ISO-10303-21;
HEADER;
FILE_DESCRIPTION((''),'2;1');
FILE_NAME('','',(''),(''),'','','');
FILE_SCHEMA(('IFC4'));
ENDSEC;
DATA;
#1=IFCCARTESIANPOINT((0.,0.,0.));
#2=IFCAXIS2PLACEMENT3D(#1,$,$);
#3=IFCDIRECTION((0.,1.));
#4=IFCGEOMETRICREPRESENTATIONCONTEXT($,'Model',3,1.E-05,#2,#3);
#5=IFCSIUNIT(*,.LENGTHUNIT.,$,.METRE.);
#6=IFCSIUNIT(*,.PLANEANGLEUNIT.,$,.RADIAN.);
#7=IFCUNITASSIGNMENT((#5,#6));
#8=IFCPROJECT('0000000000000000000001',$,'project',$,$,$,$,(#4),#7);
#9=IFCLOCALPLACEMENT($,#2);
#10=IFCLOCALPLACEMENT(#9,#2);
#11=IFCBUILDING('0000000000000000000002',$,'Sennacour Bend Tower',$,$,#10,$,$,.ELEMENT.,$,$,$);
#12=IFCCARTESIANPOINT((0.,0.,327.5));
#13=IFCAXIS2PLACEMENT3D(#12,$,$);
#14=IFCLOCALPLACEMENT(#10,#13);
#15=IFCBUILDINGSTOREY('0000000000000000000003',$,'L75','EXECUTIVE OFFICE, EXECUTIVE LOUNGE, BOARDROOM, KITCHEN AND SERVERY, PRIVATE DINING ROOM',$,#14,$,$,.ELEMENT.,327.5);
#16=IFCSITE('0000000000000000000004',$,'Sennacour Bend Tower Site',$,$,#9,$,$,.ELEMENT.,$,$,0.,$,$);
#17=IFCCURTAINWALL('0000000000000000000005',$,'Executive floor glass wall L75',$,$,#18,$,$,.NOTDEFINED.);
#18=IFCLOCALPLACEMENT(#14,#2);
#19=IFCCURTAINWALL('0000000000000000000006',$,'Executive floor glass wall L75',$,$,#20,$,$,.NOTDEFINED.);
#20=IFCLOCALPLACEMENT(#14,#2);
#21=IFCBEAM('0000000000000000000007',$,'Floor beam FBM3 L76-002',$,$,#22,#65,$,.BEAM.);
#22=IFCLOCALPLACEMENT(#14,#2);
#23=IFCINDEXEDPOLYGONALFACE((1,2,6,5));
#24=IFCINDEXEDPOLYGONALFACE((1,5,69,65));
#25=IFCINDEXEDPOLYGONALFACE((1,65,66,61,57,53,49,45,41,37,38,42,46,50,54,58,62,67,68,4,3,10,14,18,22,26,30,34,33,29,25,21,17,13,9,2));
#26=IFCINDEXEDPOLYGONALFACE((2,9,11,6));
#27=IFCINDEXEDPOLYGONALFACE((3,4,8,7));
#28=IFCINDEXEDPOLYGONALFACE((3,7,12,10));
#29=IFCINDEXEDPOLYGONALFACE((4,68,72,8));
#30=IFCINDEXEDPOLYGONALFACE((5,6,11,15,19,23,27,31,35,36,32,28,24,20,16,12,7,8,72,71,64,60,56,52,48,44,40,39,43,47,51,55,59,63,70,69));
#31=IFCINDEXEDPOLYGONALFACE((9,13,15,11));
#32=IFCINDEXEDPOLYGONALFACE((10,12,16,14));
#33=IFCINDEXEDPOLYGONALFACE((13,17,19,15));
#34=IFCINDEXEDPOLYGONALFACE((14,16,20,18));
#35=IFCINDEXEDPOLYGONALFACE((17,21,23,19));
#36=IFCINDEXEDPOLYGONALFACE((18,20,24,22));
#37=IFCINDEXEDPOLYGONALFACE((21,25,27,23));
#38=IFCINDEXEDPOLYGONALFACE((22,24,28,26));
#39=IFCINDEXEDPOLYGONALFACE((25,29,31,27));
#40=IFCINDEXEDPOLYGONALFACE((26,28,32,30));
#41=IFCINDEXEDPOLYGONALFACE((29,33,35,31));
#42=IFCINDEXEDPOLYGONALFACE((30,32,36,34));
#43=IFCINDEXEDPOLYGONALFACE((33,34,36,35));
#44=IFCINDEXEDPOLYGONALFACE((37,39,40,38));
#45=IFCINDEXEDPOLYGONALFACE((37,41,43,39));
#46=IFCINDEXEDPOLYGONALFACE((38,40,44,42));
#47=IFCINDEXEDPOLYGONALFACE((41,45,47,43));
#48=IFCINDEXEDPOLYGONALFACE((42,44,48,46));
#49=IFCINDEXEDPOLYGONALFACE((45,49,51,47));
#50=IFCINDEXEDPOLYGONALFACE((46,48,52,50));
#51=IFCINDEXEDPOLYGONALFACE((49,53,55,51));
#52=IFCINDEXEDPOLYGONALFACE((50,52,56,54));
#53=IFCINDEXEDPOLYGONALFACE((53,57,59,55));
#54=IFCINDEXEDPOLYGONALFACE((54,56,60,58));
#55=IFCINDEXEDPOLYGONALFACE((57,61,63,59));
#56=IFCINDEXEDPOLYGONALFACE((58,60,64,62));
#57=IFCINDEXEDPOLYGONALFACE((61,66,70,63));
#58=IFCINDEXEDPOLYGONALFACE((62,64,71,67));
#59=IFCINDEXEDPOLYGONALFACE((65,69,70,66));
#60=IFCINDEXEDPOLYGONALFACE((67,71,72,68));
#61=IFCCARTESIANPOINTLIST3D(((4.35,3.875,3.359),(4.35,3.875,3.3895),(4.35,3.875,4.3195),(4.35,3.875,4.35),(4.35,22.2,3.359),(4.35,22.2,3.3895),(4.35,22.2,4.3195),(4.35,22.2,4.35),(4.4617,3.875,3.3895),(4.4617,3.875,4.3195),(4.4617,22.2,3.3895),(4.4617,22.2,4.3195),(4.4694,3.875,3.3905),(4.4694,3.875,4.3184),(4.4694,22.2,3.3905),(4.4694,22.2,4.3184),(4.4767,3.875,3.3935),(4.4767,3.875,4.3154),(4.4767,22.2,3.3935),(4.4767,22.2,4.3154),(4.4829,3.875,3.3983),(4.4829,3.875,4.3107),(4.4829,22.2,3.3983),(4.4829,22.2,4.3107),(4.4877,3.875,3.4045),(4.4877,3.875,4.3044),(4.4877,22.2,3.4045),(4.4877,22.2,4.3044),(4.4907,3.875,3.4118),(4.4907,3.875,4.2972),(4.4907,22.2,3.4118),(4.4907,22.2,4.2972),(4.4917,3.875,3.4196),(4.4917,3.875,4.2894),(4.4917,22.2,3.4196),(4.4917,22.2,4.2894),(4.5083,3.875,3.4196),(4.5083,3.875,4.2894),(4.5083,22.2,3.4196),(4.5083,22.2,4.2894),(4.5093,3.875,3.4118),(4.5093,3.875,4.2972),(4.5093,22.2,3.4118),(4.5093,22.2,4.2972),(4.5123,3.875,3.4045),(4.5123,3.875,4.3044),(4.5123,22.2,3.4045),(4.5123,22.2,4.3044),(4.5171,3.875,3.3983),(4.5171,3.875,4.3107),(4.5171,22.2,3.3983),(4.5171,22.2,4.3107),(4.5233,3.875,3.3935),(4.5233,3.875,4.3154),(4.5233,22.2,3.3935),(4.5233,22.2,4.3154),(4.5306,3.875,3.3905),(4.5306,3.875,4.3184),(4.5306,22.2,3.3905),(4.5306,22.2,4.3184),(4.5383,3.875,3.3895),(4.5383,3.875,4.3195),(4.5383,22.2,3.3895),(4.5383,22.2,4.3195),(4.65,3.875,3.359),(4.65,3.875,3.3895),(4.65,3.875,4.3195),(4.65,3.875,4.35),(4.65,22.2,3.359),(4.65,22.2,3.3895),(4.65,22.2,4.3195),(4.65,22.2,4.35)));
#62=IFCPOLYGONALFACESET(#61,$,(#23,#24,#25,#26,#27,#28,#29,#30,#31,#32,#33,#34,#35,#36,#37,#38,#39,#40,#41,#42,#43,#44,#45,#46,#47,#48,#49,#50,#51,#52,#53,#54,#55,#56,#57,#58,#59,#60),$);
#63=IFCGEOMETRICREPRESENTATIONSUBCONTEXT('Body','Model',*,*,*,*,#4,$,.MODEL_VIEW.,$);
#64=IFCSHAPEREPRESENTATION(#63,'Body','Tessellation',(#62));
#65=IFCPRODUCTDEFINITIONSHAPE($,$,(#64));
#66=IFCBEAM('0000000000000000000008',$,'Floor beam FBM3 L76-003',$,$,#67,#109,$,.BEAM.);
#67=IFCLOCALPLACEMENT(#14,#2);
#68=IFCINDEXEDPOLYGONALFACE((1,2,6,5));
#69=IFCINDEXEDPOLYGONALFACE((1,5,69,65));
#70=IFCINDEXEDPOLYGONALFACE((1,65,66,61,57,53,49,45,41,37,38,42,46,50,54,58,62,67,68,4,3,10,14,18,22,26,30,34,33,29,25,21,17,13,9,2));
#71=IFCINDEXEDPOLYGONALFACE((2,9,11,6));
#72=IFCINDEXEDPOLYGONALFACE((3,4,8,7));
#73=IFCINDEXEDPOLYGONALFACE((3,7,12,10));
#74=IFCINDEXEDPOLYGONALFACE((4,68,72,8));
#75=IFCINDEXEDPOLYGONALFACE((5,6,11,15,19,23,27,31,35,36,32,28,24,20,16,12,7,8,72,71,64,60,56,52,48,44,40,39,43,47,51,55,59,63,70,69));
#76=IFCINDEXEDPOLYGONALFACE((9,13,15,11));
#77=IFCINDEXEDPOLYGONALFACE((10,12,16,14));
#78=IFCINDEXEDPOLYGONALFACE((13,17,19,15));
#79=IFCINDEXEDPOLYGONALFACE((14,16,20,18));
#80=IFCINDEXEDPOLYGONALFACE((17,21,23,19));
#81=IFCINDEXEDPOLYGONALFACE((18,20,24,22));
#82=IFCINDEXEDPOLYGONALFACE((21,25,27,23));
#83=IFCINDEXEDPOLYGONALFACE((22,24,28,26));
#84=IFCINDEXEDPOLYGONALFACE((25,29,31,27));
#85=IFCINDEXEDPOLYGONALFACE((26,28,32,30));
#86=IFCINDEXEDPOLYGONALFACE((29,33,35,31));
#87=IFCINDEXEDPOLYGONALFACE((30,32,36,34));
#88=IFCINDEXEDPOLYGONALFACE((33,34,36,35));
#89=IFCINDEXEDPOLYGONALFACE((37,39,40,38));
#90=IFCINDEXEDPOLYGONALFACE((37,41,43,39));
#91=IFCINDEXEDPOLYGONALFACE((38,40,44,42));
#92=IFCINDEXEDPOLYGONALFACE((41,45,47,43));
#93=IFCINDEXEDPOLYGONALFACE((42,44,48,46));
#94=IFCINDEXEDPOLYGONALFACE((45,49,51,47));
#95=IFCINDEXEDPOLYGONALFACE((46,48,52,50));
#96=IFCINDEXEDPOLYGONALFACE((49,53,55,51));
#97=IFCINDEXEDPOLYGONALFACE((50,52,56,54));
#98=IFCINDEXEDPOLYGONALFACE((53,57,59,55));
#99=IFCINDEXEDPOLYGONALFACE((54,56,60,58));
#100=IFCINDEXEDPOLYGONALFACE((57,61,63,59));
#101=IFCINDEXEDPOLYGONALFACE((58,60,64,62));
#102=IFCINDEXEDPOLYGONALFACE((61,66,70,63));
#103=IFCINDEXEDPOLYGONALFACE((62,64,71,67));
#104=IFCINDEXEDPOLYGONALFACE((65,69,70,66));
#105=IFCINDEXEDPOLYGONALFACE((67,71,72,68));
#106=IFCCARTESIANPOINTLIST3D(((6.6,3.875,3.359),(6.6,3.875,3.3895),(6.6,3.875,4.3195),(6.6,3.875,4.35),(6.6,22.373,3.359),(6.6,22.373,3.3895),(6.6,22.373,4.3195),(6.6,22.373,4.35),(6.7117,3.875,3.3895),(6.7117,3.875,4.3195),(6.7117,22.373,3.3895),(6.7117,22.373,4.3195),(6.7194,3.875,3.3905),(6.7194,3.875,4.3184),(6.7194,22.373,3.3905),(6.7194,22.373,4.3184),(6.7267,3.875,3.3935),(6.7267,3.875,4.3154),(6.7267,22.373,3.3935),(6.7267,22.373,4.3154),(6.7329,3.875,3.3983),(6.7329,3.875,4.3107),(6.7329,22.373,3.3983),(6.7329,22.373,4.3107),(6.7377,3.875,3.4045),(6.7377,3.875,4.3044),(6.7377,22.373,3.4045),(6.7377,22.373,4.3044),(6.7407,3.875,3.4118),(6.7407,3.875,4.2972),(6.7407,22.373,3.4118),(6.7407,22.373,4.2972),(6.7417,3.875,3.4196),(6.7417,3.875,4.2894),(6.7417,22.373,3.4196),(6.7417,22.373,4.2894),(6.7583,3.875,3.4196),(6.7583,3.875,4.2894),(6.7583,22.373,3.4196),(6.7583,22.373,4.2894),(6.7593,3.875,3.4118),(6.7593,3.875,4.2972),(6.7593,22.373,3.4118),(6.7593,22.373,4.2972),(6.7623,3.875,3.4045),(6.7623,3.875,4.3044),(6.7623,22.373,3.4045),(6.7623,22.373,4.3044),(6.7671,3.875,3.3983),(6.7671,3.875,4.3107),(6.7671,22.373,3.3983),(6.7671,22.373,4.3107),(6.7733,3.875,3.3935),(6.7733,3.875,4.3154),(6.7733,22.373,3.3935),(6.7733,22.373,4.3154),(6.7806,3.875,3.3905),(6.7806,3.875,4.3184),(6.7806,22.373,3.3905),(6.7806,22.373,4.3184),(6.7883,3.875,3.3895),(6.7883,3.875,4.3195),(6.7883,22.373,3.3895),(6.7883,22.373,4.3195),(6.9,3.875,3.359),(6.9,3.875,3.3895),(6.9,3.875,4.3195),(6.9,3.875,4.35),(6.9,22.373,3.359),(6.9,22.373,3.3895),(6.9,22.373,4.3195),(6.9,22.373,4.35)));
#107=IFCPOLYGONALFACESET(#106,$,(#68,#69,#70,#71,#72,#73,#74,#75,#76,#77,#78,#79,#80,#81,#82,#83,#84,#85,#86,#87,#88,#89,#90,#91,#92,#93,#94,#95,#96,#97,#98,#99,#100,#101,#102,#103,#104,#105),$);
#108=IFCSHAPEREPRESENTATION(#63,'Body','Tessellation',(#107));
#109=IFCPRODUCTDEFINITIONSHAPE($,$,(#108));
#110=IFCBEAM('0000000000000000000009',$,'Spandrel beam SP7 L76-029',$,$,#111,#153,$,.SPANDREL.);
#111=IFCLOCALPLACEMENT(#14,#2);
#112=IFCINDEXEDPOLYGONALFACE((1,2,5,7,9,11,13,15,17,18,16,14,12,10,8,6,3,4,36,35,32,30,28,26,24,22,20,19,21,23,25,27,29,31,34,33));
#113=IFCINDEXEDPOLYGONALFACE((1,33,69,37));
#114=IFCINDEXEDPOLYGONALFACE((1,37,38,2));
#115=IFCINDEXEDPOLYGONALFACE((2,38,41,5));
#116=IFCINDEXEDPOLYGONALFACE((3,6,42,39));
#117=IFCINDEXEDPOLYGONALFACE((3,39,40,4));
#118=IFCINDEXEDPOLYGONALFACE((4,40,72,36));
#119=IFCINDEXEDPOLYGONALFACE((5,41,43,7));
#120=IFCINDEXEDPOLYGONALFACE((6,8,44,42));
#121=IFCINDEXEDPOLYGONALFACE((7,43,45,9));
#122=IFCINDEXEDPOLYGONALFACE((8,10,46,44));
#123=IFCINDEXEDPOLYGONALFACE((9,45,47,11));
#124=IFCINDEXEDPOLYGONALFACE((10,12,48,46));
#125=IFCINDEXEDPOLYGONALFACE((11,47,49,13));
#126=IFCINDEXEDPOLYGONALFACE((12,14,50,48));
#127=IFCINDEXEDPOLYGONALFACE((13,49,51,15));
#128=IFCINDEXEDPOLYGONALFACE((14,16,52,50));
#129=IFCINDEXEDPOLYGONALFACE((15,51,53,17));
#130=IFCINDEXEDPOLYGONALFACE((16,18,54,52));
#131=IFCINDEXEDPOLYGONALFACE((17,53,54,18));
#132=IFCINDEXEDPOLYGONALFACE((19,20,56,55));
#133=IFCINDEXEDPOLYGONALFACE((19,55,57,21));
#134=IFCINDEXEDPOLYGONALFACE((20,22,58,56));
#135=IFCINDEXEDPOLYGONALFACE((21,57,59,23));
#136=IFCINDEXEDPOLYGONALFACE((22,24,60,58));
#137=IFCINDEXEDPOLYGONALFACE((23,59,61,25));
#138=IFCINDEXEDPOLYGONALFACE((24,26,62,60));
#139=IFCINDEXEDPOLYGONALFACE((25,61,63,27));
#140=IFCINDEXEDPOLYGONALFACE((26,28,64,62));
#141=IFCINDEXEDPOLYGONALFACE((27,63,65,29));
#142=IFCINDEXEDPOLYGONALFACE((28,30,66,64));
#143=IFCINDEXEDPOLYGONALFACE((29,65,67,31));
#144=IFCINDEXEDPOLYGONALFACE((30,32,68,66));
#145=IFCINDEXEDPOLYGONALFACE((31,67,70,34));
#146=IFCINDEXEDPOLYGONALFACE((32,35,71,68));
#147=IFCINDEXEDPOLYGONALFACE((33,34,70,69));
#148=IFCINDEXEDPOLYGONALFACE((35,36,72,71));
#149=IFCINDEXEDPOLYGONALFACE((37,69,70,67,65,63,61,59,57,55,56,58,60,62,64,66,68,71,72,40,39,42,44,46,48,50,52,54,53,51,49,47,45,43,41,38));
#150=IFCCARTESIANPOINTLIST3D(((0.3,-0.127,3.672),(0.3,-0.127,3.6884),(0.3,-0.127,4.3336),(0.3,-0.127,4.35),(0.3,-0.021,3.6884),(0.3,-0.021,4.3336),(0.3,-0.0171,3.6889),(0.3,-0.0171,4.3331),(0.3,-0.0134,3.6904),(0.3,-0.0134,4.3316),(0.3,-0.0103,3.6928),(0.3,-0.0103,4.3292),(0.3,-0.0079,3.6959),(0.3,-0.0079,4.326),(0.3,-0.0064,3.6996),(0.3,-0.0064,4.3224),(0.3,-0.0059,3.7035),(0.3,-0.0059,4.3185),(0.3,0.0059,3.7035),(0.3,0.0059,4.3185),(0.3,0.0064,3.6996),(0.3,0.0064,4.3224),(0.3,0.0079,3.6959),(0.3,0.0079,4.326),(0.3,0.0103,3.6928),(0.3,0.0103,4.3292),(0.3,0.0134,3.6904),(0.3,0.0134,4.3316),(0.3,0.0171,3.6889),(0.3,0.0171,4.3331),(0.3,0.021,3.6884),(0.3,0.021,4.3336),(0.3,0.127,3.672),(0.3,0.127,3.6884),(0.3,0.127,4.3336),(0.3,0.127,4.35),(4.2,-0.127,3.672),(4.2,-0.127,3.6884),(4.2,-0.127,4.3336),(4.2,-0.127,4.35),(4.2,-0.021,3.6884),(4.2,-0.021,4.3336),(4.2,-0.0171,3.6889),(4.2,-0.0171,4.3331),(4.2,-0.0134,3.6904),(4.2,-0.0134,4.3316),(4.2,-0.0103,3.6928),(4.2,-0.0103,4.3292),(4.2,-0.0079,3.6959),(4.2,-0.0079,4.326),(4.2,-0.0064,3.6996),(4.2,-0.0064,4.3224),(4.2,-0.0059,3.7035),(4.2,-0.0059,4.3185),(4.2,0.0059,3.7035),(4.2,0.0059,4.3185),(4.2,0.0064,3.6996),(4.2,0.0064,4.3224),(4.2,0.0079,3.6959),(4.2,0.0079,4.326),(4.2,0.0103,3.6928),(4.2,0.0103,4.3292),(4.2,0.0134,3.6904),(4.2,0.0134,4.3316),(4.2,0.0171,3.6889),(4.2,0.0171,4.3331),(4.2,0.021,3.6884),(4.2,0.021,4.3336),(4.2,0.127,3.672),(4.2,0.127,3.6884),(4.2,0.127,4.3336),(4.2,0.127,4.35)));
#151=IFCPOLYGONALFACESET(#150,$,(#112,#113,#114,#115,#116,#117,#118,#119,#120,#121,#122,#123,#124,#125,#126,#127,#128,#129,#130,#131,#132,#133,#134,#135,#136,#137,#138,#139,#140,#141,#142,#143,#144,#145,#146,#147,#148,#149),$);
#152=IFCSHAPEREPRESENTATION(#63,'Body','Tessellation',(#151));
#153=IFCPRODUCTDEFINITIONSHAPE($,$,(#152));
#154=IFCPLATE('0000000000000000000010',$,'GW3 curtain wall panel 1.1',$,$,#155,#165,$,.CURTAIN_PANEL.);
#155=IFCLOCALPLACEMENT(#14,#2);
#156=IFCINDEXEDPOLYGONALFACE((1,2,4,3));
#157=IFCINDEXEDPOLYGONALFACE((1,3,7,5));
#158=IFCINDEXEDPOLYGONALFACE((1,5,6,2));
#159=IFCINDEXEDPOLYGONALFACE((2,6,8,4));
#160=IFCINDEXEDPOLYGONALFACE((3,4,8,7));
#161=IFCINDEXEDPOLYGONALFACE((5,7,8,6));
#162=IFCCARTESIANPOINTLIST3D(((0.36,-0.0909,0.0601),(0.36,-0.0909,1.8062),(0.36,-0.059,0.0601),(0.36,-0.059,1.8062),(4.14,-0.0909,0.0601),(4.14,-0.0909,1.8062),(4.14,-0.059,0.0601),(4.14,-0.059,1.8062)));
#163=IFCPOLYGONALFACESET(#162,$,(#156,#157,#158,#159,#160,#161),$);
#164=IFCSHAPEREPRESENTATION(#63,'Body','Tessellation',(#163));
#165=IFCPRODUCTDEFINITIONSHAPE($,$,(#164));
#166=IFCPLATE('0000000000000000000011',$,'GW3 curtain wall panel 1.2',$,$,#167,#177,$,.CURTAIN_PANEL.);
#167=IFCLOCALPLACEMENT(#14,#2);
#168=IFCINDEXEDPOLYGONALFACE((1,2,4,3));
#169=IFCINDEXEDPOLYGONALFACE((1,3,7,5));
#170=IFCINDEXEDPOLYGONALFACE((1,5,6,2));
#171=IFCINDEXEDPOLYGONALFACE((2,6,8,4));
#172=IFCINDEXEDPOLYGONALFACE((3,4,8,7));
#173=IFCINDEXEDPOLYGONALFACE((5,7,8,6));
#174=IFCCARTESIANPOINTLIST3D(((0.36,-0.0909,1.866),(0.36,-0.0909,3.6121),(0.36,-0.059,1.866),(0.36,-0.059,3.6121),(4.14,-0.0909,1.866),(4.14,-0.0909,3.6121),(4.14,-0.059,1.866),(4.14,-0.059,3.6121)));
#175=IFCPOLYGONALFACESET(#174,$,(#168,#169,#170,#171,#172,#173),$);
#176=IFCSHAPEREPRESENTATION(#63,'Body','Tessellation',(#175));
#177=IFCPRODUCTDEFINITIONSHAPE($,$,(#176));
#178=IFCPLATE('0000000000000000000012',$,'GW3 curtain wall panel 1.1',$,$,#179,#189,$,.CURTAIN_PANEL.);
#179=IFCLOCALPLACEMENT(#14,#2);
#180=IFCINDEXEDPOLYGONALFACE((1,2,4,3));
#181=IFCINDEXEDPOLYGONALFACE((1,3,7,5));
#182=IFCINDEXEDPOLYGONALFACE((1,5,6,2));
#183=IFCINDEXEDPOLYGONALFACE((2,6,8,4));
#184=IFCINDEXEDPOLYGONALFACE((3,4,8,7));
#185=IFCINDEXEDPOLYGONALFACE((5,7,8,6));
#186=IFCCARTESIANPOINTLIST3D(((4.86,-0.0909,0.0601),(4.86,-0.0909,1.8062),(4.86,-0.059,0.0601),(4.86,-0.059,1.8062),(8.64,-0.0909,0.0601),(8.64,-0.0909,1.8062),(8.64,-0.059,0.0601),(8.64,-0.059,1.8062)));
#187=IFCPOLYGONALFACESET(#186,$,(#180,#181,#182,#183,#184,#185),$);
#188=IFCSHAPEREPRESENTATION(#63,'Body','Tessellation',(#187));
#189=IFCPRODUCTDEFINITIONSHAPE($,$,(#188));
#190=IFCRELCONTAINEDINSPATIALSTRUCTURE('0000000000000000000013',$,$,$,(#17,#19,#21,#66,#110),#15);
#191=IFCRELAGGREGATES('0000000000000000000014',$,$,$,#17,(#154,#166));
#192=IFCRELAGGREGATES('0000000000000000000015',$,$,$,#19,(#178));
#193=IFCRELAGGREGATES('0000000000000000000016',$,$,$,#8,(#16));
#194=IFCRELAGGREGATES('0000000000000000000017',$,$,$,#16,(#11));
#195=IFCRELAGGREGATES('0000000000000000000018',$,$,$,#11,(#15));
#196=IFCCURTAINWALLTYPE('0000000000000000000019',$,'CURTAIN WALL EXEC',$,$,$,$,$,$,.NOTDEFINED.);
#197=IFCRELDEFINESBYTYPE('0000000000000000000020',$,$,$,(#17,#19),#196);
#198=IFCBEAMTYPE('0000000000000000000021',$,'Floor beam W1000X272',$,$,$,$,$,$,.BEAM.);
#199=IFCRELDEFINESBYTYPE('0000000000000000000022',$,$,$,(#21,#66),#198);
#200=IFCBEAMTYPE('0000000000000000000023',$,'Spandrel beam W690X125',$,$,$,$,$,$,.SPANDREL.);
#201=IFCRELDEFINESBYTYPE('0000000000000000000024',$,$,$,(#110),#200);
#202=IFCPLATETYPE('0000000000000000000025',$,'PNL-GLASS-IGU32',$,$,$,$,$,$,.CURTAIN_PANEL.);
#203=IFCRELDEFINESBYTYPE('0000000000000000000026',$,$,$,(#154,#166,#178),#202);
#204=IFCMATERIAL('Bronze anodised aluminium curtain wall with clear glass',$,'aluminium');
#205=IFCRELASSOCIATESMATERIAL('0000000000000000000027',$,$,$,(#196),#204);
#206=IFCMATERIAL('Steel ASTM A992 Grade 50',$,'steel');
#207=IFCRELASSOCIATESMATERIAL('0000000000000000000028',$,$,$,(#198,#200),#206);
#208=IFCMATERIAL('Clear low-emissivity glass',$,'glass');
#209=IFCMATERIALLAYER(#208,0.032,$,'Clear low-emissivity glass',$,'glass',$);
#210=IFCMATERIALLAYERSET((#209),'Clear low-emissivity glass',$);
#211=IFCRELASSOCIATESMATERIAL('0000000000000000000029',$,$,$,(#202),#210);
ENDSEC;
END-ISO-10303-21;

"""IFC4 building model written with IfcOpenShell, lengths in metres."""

from ifc_helpers import new_model, si_unit, direction, frame, origin, origin_2d, place, context, subcontext, project, spatial, rectangle, i_section, extrude, material, layer, layer_set, material_profile, profile_set, type_object, element, aggregate, save


model = new_model("IFC4")

# Units and contexts
model_context = context("Model", 3, precision=1e-05, world=origin(), true_north=direction((0.0, 1.0)))
body_context = subcontext(model_context, "Body", "Model", "MODEL_VIEW")
ifc_project = project(units=[si_unit("LENGTHUNIT", "METRE"), si_unit("PLANEANGLEUNIT", "RADIAN")], contexts=[model_context])

# Site, building, storey
site_placement = place(None, origin())
site = spatial("IfcSite", under=ifc_project, at=site_placement, Name="Sennacour Bend Tower Site", CompositionType="ELEMENT", RefElevation=0.0)
building_placement = place(site_placement, origin())
building = spatial("IfcBuilding", under=site, at=building_placement, Name="Sennacour Bend Tower", CompositionType="ELEMENT")
storey_placement = place(building_placement, frame((0.0, 0.0, 327.5)))
storey = spatial("IfcBuildingStorey", under=building, at=storey_placement, Name="L75", Description="EXECUTIVE OFFICE, EXECUTIVE LOUNGE, BOARDROOM, KITCHEN AND SERVERY, PRIVATE DINING ROOM", CompositionType="ELEMENT", Elevation=327.5)

# Curtain walls
ifc_material_1 = material(Name="Bronze anodised aluminium curtain wall with clear glass", Category="aluminium")
curtain_wall_type = type_object("IfcCurtainWallType", Name="CURTAIN WALL EXEC", PredefinedType="NOTDEFINED", material=ifc_material_1)
curtain_wall_1_placement = place(storey_placement, origin())
curtain_wall_1 = element("IfcCurtainWall", 1, at=curtain_wall_1_placement, inside=storey, type_object=curtain_wall_type, Name="Executive floor glass wall L75", PredefinedType="NOTDEFINED")
curtain_wall_2_placement = place(storey_placement, origin())
curtain_wall_2 = element("IfcCurtainWall", 2, at=curtain_wall_2_placement, inside=storey, type_object=curtain_wall_type, Name="Executive floor glass wall L75", PredefinedType="NOTDEFINED")

# Beams
ifc_material_2 = material(Name="Steel ASTM A992 Grade 50", Category="steel")
ifc_material_profile_1 = material_profile(ifc_material_2, i_section(OverallWidth=0.3, OverallDepth=0.991, WebThickness=0.0166, FlangeThickness=0.0305, FilletRadius=0.03, at=origin_2d()), Name="Steel ASTM A992 Grade 50", Category="steel")
ifc_profile_set_1 = profile_set([ifc_material_profile_1], Name="Steel ASTM A992 Grade 50")
beam_type_1 = type_object("IfcBeamType", Name="Floor beam W1000X272", PredefinedType="BEAM", material=ifc_profile_set_1)
beam_1_placement = place(storey_placement, frame((4.5, 3.875, 3.8545), z_axis=(0.0, 1.0, 0.0), x_axis=(-1.0, 0.0, 0.0)))
element("IfcBeam", 3, at=beam_1_placement, inside=storey, type_object=beam_type_1, Name="Floor beam FBM3 L76-002", PredefinedType="BEAM", context=body_context, shape_type="SweptSolid", body=[
    extrude(i_section(OverallWidth=0.3, OverallDepth=0.991, WebThickness=0.0166, FlangeThickness=0.0305, FilletRadius=0.03, at=origin_2d()), origin(), (0.0, 0.0, 1.0), 18.325),
])
beam_2_placement = place(storey_placement, frame((6.75, 3.875, 3.8545), z_axis=(0.0, 1.0, 0.0), x_axis=(-1.0, 0.0, 0.0)))
element("IfcBeam", 4, at=beam_2_placement, inside=storey, type_object=beam_type_1, Name="Floor beam FBM3 L76-003", PredefinedType="BEAM", context=body_context, shape_type="SweptSolid", body=[
    extrude(i_section(OverallWidth=0.3, OverallDepth=0.991, WebThickness=0.0166, FlangeThickness=0.0305, FilletRadius=0.03, at=origin_2d()), origin(), (0.0, 0.0, 1.0), 18.498),
])
ifc_material_profile_2 = material_profile(ifc_material_2, i_section(OverallWidth=0.2539, OverallDepth=0.678, WebThickness=0.0117, FlangeThickness=0.0164, FilletRadius=0.0151, at=origin_2d()), Name="Steel ASTM A992 Grade 50", Category="steel")
ifc_profile_set_2 = profile_set([ifc_material_profile_2], Name="Steel ASTM A992 Grade 50")
beam_type_2 = type_object("IfcBeamType", Name="Spandrel beam W690X125", PredefinedType="SPANDREL", material=ifc_profile_set_2)
beam_3_placement = place(storey_placement, frame((4.2, 0.0, 4.011), z_axis=(-1.0, 0.0, 0.0), x_axis=(0.0, -1.0, 0.0)))
element("IfcBeam", 5, at=beam_3_placement, inside=storey, type_object=beam_type_2, Name="Spandrel beam SP7 L76-029", PredefinedType="SPANDREL", context=body_context, shape_type="SweptSolid", body=[
    extrude(i_section(OverallWidth=0.2539, OverallDepth=0.678, WebThickness=0.0117, FlangeThickness=0.0164, FilletRadius=0.0151, at=origin_2d()), origin(), (0.0, 0.0, 1.0), 3.8999),
])

# Plates
ifc_material_3 = material(Name="Clear low-emissivity glass", Category="glass")
ifc_layer_1 = layer(ifc_material_3, 0.032, Name="Clear low-emissivity glass", Category="glass")
ifc_layer_set_1 = layer_set([ifc_layer_1], Name="Clear low-emissivity glass")
plate_type = type_object("IfcPlateType", Name="PNL-GLASS-IGU32", PredefinedType="CURTAIN_PANEL", material=ifc_layer_set_1)
plate_1_placement = place(storey_placement, frame((2.25, -0.075, 0.0601), z_axis=(0.0, 0.0, 1.0), x_axis=(1.0, 0.0, 0.0)))
plate_1 = element("IfcPlate", 6, at=plate_1_placement, type_object=plate_type, Name="GW3 curtain wall panel 1.1", PredefinedType="CURTAIN_PANEL", context=body_context, shape_type="SweptSolid", body=[
    extrude(rectangle(XDim=3.78, YDim=0.032, at=origin_2d()), origin(), (0.0, 0.0, 1.0), 1.7461),
])
plate_2_placement = place(storey_placement, frame((2.25, -0.075, 1.866), z_axis=(0.0, 0.0, 1.0), x_axis=(1.0, 0.0, 0.0)))
plate_2 = element("IfcPlate", 7, at=plate_2_placement, type_object=plate_type, Name="GW3 curtain wall panel 1.2", PredefinedType="CURTAIN_PANEL", context=body_context, shape_type="SweptSolid", body=[
    extrude(rectangle(XDim=3.78, YDim=0.032, at=origin_2d()), origin(), (0.0, 0.0, 1.0), 1.7461),
])
aggregate(curtain_wall_1, [plate_1, plate_2])
plate_3_placement = place(storey_placement, frame((6.75, -0.075, 0.0601), z_axis=(0.0, 0.0, 1.0), x_axis=(1.0, 0.0, 0.0)))
plate_3 = element("IfcPlate", 8, at=plate_3_placement, type_object=plate_type, Name="GW3 curtain wall panel 1.1", PredefinedType="CURTAIN_PANEL", context=body_context, shape_type="SweptSolid", body=[
    extrude(rectangle(XDim=3.78, YDim=0.032, at=origin_2d()), origin(), (0.0, 0.0, 1.0), 1.7461),
])
aggregate(curtain_wall_2, [plate_3])

save(model, "model.ifc")
